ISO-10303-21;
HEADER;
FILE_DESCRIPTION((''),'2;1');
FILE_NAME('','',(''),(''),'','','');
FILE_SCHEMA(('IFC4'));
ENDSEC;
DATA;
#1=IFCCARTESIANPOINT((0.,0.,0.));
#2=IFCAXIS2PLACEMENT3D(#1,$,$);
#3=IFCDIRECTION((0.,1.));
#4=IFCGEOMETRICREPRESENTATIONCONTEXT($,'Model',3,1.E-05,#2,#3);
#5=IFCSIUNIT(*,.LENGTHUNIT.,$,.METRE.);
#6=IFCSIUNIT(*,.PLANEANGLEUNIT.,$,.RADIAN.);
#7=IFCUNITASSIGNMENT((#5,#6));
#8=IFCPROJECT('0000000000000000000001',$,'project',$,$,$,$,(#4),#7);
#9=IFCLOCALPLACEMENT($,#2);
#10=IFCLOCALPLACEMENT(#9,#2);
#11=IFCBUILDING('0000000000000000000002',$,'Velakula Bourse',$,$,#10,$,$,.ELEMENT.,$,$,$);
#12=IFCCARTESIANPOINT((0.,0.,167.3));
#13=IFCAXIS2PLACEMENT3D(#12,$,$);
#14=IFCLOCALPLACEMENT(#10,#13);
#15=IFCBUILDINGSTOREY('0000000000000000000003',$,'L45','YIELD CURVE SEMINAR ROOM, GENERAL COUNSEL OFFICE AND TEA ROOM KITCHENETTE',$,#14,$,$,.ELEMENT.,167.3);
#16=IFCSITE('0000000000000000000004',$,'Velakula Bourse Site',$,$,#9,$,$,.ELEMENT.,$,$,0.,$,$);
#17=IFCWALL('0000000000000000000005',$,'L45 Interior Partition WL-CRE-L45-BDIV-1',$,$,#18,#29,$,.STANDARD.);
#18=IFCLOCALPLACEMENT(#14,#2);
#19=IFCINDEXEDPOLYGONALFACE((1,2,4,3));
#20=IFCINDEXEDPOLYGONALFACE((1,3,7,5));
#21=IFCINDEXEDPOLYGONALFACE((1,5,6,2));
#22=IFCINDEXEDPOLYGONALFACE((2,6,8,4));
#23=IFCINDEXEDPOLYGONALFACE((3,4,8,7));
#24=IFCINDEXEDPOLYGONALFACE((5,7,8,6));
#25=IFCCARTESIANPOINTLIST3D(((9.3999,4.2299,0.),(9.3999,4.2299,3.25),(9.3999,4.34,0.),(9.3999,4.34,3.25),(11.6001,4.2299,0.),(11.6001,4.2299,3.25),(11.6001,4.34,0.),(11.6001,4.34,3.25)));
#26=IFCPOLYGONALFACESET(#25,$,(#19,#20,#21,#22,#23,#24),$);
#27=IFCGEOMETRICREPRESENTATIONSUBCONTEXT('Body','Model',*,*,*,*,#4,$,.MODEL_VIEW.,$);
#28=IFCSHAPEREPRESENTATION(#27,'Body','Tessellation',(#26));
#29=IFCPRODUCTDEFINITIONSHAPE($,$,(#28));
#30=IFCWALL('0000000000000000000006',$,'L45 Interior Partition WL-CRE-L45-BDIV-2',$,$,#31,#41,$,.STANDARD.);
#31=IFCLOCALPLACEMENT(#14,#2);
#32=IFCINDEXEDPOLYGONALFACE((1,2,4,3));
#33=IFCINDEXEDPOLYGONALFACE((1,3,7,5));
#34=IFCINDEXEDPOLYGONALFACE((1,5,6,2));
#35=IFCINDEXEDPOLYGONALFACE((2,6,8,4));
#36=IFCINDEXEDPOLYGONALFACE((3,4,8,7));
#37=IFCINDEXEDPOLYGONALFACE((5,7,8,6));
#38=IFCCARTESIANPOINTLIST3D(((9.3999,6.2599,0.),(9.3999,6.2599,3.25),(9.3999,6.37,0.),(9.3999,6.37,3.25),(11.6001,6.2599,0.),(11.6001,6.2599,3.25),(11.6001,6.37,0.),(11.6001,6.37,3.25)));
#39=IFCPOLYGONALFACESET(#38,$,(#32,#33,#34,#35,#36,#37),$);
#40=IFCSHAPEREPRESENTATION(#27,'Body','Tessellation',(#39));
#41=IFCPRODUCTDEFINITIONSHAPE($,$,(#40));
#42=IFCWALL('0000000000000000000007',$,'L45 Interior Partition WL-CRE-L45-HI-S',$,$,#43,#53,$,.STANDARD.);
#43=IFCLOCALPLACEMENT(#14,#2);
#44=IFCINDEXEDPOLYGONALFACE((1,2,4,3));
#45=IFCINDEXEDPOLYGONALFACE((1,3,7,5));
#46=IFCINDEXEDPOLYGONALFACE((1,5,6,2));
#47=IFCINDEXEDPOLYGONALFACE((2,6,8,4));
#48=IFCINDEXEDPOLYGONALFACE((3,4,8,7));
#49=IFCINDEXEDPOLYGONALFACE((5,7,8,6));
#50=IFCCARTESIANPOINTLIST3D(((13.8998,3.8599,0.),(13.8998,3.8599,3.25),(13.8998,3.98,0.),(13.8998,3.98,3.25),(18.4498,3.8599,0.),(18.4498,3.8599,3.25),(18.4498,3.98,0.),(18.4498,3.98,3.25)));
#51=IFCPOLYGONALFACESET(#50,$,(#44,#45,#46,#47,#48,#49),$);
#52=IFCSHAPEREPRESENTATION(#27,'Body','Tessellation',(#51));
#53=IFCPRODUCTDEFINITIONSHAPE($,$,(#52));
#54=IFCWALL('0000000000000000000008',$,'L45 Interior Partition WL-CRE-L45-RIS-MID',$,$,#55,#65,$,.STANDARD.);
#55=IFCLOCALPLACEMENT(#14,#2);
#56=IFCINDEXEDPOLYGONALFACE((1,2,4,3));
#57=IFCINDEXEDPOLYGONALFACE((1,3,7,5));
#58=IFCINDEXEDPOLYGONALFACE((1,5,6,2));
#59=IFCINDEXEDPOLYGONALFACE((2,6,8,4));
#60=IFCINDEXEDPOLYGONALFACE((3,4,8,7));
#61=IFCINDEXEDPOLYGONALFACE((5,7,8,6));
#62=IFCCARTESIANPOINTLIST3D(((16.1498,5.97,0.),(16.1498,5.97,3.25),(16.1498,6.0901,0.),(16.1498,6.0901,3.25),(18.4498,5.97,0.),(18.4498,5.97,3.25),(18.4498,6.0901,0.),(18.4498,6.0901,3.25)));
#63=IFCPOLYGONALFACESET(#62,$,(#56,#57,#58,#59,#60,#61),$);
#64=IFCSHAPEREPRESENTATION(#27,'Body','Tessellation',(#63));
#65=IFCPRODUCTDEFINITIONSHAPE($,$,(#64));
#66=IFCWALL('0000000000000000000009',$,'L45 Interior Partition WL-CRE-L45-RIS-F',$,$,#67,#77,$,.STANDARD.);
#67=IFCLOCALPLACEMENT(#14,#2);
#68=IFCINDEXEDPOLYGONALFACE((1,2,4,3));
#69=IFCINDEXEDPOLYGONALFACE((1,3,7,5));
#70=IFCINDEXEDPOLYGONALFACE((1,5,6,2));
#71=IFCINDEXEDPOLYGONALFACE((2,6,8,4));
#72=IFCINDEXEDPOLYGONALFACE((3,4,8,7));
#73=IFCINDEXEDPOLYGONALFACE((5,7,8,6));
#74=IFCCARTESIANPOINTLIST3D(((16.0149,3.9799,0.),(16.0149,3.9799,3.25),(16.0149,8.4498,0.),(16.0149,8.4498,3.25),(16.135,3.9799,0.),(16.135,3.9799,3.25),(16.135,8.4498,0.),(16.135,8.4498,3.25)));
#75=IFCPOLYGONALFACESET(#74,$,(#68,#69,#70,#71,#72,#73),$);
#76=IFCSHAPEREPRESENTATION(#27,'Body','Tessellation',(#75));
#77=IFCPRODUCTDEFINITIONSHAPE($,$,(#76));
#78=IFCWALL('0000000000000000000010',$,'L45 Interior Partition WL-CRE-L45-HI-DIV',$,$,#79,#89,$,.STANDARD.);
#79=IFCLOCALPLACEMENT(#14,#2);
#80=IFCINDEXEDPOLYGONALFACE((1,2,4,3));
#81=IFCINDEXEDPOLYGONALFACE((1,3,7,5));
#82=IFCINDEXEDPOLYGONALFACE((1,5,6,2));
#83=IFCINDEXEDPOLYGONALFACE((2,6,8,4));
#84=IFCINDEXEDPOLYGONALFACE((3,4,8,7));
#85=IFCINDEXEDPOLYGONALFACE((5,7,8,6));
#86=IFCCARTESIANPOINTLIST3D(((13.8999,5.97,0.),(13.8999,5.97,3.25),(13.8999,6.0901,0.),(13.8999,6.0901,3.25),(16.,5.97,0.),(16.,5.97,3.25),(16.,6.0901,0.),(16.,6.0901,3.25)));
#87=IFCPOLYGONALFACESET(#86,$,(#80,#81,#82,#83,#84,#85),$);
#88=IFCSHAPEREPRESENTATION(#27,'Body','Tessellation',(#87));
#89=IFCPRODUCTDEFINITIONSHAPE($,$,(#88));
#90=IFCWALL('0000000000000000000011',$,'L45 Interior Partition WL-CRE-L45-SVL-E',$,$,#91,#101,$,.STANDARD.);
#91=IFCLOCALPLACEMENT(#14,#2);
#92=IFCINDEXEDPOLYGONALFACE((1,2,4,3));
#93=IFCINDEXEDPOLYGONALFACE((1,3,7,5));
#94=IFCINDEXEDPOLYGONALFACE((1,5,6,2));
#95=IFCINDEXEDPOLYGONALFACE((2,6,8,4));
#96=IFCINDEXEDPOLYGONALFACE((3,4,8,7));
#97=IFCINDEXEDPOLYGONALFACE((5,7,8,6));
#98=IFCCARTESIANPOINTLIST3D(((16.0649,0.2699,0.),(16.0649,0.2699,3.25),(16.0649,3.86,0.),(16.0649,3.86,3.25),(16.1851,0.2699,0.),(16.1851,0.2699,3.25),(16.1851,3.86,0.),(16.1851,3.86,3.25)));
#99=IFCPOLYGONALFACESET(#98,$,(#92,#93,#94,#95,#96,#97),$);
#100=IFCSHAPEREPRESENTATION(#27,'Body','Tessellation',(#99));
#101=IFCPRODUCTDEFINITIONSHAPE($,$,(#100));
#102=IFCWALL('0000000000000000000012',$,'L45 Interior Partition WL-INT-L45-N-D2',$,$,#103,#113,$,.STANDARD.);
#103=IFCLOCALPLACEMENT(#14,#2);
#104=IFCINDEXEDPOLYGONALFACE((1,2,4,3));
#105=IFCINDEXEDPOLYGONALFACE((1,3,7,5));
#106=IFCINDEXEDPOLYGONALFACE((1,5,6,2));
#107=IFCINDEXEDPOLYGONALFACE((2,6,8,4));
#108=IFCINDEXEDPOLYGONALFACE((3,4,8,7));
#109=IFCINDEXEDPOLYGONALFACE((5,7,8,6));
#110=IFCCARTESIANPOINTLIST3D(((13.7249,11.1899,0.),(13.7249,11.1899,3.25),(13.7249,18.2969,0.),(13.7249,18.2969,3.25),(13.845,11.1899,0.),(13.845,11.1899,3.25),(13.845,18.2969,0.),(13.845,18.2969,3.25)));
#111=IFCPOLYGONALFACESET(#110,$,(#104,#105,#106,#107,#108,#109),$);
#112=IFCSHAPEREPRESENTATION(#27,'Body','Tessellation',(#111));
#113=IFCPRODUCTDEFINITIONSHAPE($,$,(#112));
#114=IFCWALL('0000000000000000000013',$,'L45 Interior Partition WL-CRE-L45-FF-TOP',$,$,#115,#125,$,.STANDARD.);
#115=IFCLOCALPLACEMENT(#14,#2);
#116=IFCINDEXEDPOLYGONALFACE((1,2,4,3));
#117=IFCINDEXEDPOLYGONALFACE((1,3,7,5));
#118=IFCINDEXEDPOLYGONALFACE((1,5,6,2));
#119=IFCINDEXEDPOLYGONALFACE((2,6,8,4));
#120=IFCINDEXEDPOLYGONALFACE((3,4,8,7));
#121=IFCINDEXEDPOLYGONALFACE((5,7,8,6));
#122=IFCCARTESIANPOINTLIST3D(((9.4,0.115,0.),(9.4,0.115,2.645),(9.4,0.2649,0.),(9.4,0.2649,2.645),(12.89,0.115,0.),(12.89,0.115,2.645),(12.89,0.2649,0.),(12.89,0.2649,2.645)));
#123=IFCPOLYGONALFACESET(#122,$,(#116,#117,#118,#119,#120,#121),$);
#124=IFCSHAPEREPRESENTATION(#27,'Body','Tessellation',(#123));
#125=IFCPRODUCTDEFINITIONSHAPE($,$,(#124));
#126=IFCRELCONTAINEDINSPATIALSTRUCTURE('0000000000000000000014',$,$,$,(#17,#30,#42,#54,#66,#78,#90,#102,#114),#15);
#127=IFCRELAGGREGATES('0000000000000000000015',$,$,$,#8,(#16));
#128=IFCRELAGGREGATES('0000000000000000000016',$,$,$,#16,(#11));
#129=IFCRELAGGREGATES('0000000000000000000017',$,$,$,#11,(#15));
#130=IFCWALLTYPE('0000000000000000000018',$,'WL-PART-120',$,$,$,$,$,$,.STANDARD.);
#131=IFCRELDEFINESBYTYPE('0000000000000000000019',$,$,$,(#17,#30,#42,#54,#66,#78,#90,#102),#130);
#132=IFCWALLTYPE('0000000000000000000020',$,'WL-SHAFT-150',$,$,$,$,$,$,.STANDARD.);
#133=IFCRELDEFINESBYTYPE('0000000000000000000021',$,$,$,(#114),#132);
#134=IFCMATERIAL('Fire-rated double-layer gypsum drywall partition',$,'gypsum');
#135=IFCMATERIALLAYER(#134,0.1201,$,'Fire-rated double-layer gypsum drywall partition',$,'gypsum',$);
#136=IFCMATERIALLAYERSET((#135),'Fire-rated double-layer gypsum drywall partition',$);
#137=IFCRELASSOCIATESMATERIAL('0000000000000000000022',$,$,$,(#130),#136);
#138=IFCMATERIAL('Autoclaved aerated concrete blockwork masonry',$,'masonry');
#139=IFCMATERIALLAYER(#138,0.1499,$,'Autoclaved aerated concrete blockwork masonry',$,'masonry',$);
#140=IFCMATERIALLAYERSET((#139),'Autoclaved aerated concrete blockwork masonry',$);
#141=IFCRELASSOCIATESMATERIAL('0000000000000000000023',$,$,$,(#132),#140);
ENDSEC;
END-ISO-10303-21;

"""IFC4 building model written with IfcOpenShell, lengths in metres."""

from ifc_helpers import new_model, si_unit, direction, frame, frame_2d, origin, place, context, subcontext, project, spatial, rectangle, extrude, material, layer, layer_set, type_object, element, save


model = new_model("IFC4")

# Units and contexts
model_context = context("Model", 3, precision=1e-05, world=origin(), true_north=direction((0.0, 1.0)))
body_context = subcontext(model_context, "Body", "Model", "MODEL_VIEW")
ifc_project = project(units=[si_unit("LENGTHUNIT", "METRE"), si_unit("PLANEANGLEUNIT", "RADIAN")], contexts=[model_context])

# Site, building, storey
site_placement = place(None, origin())
site = spatial("IfcSite", under=ifc_project, at=site_placement, Name="Velakula Bourse Site", CompositionType="ELEMENT", RefElevation=0.0)
building_placement = place(site_placement, origin())
building = spatial("IfcBuilding", under=site, at=building_placement, Name="Velakula Bourse", CompositionType="ELEMENT")
storey_placement = place(building_placement, frame((0.0, 0.0, 167.3)))
storey = spatial("IfcBuildingStorey", under=building, at=storey_placement, Name="L45", Description="YIELD CURVE SEMINAR ROOM, GENERAL COUNSEL OFFICE AND TEA ROOM KITCHENETTE", CompositionType="ELEMENT", Elevation=167.3)

# Shared definitions
ifc_material_1 = material(Name="Fire-rated double-layer gypsum drywall partition", Category="gypsum")
ifc_layer_1 = layer(ifc_material_1, 0.1201, Name="Fire-rated double-layer gypsum drywall partition", Category="gypsum")
ifc_layer_set_1 = layer_set([ifc_layer_1], Name="Fire-rated double-layer gypsum drywall partition")
wall_type_1 = type_object("IfcWallType", Name="WL-PART-120", PredefinedType="STANDARD", material=ifc_layer_set_1)

# Walls
for number, where, z_axis, x_axis, name in (
    (1, (9.3999, 4.2849, 0.0), (0.0, 0.0, 1.0), (1.0, 0.0, 0.0), "L45 Interior Partition WL-CRE-L45-BDIV-1"),
    (2, (9.3999, 6.3149, 0.0), (0.0, 0.0, 1.0), (1.0, 0.0, 0.0), "L45 Interior Partition WL-CRE-L45-BDIV-2"),
):
    element("IfcWall", number, at=place(storey_placement, frame(where, z_axis=z_axis, x_axis=x_axis)), inside=storey, type_object=wall_type_1, Name=name, PredefinedType="STANDARD", context=body_context, shape_type="SweptSolid", body=[
        extrude(rectangle(XDim=2.2002, YDim=0.1101, at=frame_2d((1.1001, 0.0))), origin(), (0.0, 0.0, 1.0), 3.25),
    ])
wall_1_placement = place(storey_placement, frame((13.8999, 3.9199, 0.0), z_axis=(0.0, 0.0, 1.0), x_axis=(1.0, 0.0, 0.0)))
element("IfcWall", 3, at=wall_1_placement, inside=storey, type_object=wall_type_1, Name="L45 Interior Partition WL-CRE-L45-HI-S", PredefinedType="STANDARD", context=body_context, shape_type="SweptSolid", body=[
    extrude(rectangle(XDim=4.55, YDim=0.1201, at=frame_2d((2.2749, 0.0))), origin(), (0.0, 0.0, 1.0), 3.25),
])
wall_2_placement = place(storey_placement, frame((16.1499, 6.03, 0.0), z_axis=(0.0, 0.0, 1.0), x_axis=(1.0, 0.0, 0.0)))
element("IfcWall", 4, at=wall_2_placement, inside=storey, type_object=wall_type_1, Name="L45 Interior Partition WL-CRE-L45-RIS-MID", PredefinedType="STANDARD", context=body_context, shape_type="SweptSolid", body=[
    extrude(rectangle(XDim=2.3, YDim=0.1201, at=frame_2d((1.1499, 0.0))), origin(), (0.0, 0.0, 1.0), 3.25),
])
wall_3_placement = place(storey_placement, frame((16.075, 3.98, 0.0), z_axis=(0.0, 0.0, 1.0), x_axis=(0.0, 1.0, 0.0)))
element("IfcWall", 5, at=wall_3_placement, inside=storey, type_object=wall_type_1, Name="L45 Interior Partition WL-CRE-L45-RIS-F", PredefinedType="STANDARD", context=body_context, shape_type="SweptSolid", body=[
    extrude(rectangle(XDim=4.47, YDim=0.1201, at=frame_2d((2.2349, 0.0))), origin(), (0.0, 0.0, 1.0), 3.25),
])
wall_4_placement = place(storey_placement, frame((13.8999, 6.03, 0.0), z_axis=(0.0, 0.0, 1.0), x_axis=(1.0, 0.0, 0.0)))
element("IfcWall", 6, at=wall_4_placement, inside=storey, type_object=wall_type_1, Name="L45 Interior Partition WL-CRE-L45-HI-DIV", PredefinedType="STANDARD", context=body_context, shape_type="SweptSolid", body=[
    extrude(rectangle(XDim=2.1001, YDim=0.1201, at=frame_2d((1.05, 0.0))), origin(), (0.0, 0.0, 1.0), 3.25),
])
wall_5_placement = place(storey_placement, frame((16.125, 0.27, 0.0), z_axis=(0.0, 0.0, 1.0), x_axis=(0.0, 1.0, 0.0)))
element("IfcWall", 7, at=wall_5_placement, inside=storey, type_object=wall_type_1, Name="L45 Interior Partition WL-CRE-L45-SVL-E", PredefinedType="STANDARD", context=body_context, shape_type="SweptSolid", body=[
    extrude(rectangle(XDim=3.5901, YDim=0.1201, at=frame_2d((1.7949, 0.0))), origin(), (0.0, 0.0, 1.0), 3.25),
])
wall_6_placement = place(storey_placement, frame((13.7849, 11.1899, 0.0), z_axis=(0.0, 0.0, 1.0), x_axis=(0.0, 1.0, 0.0)))
element("IfcWall", 8, at=wall_6_placement, inside=storey, type_object=wall_type_1, Name="L45 Interior Partition WL-INT-L45-N-D2", PredefinedType="STANDARD", context=body_context, shape_type="SweptSolid", body=[
    extrude(rectangle(XDim=7.1069, YDim=0.1201, at=frame_2d((3.5535, 0.0))), origin(), (0.0, 0.0, 1.0), 3.25),
])
ifc_material_2 = material(Name="Autoclaved aerated concrete blockwork masonry", Category="masonry")
ifc_layer_2 = layer(ifc_material_2, 0.1499, Name="Autoclaved aerated concrete blockwork masonry", Category="masonry")
ifc_layer_set_2 = layer_set([ifc_layer_2], Name="Autoclaved aerated concrete blockwork masonry")
wall_type_2 = type_object("IfcWallType", Name="WL-SHAFT-150", PredefinedType="STANDARD", material=ifc_layer_set_2)
wall_7_placement = place(storey_placement, frame((9.3999, 0.1899, 0.0), z_axis=(0.0, 0.0, 1.0), x_axis=(1.0, 0.0, 0.0)))
element("IfcWall", 9, at=wall_7_placement, inside=storey, type_object=wall_type_2, Name="L45 Interior Partition WL-CRE-L45-FF-TOP", PredefinedType="STANDARD", context=body_context, shape_type="SweptSolid", body=[
    extrude(rectangle(XDim=3.49, YDim=0.1499, at=frame_2d((1.7451, 0.0))), origin(), (0.0, 0.0, 1.0), 2.645),
])

save(model, "model.ifc")
